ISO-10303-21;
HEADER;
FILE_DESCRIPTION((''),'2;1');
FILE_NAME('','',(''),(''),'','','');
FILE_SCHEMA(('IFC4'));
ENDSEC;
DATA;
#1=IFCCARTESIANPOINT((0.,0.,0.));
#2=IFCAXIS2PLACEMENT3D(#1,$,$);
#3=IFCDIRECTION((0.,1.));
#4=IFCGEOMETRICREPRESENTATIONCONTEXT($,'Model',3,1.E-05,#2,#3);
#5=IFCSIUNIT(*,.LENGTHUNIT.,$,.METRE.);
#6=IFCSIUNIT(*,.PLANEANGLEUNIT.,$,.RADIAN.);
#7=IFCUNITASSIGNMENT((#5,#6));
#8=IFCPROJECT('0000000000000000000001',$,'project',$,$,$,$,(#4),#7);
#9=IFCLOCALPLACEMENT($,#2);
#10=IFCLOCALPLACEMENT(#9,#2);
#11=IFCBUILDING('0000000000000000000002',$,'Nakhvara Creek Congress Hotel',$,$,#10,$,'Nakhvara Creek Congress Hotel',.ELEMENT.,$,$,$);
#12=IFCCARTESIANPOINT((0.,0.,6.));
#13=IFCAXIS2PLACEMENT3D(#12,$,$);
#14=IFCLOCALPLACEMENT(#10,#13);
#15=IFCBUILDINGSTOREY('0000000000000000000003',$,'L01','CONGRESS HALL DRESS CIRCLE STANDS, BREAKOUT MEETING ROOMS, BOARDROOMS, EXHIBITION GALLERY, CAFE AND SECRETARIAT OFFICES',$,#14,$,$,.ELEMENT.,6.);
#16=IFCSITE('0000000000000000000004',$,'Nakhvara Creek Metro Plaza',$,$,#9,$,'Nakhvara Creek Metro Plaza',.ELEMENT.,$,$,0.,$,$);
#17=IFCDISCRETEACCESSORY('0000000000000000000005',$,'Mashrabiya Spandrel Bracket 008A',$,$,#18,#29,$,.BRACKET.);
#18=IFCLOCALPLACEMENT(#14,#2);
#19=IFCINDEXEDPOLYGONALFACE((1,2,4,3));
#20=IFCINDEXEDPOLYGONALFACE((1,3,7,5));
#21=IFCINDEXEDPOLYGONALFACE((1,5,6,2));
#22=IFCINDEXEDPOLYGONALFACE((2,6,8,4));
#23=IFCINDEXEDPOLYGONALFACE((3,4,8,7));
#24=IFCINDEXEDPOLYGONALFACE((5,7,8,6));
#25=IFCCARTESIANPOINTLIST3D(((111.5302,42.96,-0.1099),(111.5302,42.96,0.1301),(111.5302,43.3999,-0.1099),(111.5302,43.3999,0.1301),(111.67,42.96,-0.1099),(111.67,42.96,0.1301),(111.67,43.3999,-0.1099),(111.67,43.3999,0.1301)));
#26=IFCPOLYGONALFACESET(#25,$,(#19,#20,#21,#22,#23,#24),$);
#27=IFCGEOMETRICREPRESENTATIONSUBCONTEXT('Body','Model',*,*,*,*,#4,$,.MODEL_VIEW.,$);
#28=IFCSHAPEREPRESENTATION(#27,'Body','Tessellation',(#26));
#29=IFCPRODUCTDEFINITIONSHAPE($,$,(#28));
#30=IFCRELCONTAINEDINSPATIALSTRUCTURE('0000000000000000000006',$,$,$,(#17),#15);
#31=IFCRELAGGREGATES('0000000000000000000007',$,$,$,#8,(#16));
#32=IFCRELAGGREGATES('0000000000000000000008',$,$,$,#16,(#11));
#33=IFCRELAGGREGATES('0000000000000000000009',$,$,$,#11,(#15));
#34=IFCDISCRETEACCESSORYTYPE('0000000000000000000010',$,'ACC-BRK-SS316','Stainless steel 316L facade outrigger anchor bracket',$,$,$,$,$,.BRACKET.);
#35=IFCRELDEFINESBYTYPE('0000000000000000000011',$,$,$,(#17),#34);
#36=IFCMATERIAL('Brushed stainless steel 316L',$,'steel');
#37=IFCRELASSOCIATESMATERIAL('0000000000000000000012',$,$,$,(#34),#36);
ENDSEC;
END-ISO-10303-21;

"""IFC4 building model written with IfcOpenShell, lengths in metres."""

from ifc_helpers import new_model, si_unit, direction, frame, origin, origin_2d, place, context, subcontext, project, spatial, rectangle, extrude, material, type_object, element, save


model = new_model("IFC4")

# Units and contexts
model_context = context("Model", 3, precision=1e-05, world=origin(), true_north=direction((0.0, 1.0)))
body_context = subcontext(model_context, "Body", "Model", "MODEL_VIEW")
ifc_project = project(units=[si_unit("LENGTHUNIT", "METRE"), si_unit("PLANEANGLEUNIT", "RADIAN")], contexts=[model_context])

# Site, building, storey
site_placement = place(None, origin())
site = spatial("IfcSite", under=ifc_project, at=site_placement, Name="Nakhvara Creek Metro Plaza", LongName="Nakhvara Creek Metro Plaza", CompositionType="ELEMENT", RefElevation=0.0)
building_placement = place(site_placement, origin())
building = spatial("IfcBuilding", under=site, at=building_placement, Name="Nakhvara Creek Congress Hotel", LongName="Nakhvara Creek Congress Hotel", CompositionType="ELEMENT")
storey_placement = place(building_placement, frame((0.0, 0.0, 6.0)))
storey = spatial("IfcBuildingStorey", under=building, at=storey_placement, Name="L01", Description="CONGRESS HALL DRESS CIRCLE STANDS, BREAKOUT MEETING ROOMS, BOARDROOMS, EXHIBITION GALLERY, CAFE AND SECRETARIAT OFFICES", CompositionType="ELEMENT", Elevation=6.0)

# Discrete accessory
ifc_material_1 = material(Name="Brushed stainless steel 316L", Category="steel")
discrete_accessory_type = type_object("IfcDiscreteAccessoryType", Name="ACC-BRK-SS316", Description="Stainless steel 316L facade outrigger anchor bracket", PredefinedType="BRACKET", material=ifc_material_1)
for number, where, z_axis, x_axis, name in (
    (1, (111.6001, 43.1799, -0.1099), (0.0, 0.0, 1.0), (1.0, 0.0, 0.0), "Mashrabiya Spandrel Bracket 008A"),
):
    element("IfcDiscreteAccessory", number, at=place(storey_placement, frame(where, z_axis=z_axis, x_axis=x_axis)), inside=storey, type_object=discrete_accessory_type, Name=name, PredefinedType="BRACKET", context=body_context, shape_type="SweptSolid", body=[
        extrude(rectangle(XDim=0.1399, YDim=0.4399, at=origin_2d()), origin(), (0.0, 0.0, 1.0), 0.24),
    ])

save(model, "model.ifc")
